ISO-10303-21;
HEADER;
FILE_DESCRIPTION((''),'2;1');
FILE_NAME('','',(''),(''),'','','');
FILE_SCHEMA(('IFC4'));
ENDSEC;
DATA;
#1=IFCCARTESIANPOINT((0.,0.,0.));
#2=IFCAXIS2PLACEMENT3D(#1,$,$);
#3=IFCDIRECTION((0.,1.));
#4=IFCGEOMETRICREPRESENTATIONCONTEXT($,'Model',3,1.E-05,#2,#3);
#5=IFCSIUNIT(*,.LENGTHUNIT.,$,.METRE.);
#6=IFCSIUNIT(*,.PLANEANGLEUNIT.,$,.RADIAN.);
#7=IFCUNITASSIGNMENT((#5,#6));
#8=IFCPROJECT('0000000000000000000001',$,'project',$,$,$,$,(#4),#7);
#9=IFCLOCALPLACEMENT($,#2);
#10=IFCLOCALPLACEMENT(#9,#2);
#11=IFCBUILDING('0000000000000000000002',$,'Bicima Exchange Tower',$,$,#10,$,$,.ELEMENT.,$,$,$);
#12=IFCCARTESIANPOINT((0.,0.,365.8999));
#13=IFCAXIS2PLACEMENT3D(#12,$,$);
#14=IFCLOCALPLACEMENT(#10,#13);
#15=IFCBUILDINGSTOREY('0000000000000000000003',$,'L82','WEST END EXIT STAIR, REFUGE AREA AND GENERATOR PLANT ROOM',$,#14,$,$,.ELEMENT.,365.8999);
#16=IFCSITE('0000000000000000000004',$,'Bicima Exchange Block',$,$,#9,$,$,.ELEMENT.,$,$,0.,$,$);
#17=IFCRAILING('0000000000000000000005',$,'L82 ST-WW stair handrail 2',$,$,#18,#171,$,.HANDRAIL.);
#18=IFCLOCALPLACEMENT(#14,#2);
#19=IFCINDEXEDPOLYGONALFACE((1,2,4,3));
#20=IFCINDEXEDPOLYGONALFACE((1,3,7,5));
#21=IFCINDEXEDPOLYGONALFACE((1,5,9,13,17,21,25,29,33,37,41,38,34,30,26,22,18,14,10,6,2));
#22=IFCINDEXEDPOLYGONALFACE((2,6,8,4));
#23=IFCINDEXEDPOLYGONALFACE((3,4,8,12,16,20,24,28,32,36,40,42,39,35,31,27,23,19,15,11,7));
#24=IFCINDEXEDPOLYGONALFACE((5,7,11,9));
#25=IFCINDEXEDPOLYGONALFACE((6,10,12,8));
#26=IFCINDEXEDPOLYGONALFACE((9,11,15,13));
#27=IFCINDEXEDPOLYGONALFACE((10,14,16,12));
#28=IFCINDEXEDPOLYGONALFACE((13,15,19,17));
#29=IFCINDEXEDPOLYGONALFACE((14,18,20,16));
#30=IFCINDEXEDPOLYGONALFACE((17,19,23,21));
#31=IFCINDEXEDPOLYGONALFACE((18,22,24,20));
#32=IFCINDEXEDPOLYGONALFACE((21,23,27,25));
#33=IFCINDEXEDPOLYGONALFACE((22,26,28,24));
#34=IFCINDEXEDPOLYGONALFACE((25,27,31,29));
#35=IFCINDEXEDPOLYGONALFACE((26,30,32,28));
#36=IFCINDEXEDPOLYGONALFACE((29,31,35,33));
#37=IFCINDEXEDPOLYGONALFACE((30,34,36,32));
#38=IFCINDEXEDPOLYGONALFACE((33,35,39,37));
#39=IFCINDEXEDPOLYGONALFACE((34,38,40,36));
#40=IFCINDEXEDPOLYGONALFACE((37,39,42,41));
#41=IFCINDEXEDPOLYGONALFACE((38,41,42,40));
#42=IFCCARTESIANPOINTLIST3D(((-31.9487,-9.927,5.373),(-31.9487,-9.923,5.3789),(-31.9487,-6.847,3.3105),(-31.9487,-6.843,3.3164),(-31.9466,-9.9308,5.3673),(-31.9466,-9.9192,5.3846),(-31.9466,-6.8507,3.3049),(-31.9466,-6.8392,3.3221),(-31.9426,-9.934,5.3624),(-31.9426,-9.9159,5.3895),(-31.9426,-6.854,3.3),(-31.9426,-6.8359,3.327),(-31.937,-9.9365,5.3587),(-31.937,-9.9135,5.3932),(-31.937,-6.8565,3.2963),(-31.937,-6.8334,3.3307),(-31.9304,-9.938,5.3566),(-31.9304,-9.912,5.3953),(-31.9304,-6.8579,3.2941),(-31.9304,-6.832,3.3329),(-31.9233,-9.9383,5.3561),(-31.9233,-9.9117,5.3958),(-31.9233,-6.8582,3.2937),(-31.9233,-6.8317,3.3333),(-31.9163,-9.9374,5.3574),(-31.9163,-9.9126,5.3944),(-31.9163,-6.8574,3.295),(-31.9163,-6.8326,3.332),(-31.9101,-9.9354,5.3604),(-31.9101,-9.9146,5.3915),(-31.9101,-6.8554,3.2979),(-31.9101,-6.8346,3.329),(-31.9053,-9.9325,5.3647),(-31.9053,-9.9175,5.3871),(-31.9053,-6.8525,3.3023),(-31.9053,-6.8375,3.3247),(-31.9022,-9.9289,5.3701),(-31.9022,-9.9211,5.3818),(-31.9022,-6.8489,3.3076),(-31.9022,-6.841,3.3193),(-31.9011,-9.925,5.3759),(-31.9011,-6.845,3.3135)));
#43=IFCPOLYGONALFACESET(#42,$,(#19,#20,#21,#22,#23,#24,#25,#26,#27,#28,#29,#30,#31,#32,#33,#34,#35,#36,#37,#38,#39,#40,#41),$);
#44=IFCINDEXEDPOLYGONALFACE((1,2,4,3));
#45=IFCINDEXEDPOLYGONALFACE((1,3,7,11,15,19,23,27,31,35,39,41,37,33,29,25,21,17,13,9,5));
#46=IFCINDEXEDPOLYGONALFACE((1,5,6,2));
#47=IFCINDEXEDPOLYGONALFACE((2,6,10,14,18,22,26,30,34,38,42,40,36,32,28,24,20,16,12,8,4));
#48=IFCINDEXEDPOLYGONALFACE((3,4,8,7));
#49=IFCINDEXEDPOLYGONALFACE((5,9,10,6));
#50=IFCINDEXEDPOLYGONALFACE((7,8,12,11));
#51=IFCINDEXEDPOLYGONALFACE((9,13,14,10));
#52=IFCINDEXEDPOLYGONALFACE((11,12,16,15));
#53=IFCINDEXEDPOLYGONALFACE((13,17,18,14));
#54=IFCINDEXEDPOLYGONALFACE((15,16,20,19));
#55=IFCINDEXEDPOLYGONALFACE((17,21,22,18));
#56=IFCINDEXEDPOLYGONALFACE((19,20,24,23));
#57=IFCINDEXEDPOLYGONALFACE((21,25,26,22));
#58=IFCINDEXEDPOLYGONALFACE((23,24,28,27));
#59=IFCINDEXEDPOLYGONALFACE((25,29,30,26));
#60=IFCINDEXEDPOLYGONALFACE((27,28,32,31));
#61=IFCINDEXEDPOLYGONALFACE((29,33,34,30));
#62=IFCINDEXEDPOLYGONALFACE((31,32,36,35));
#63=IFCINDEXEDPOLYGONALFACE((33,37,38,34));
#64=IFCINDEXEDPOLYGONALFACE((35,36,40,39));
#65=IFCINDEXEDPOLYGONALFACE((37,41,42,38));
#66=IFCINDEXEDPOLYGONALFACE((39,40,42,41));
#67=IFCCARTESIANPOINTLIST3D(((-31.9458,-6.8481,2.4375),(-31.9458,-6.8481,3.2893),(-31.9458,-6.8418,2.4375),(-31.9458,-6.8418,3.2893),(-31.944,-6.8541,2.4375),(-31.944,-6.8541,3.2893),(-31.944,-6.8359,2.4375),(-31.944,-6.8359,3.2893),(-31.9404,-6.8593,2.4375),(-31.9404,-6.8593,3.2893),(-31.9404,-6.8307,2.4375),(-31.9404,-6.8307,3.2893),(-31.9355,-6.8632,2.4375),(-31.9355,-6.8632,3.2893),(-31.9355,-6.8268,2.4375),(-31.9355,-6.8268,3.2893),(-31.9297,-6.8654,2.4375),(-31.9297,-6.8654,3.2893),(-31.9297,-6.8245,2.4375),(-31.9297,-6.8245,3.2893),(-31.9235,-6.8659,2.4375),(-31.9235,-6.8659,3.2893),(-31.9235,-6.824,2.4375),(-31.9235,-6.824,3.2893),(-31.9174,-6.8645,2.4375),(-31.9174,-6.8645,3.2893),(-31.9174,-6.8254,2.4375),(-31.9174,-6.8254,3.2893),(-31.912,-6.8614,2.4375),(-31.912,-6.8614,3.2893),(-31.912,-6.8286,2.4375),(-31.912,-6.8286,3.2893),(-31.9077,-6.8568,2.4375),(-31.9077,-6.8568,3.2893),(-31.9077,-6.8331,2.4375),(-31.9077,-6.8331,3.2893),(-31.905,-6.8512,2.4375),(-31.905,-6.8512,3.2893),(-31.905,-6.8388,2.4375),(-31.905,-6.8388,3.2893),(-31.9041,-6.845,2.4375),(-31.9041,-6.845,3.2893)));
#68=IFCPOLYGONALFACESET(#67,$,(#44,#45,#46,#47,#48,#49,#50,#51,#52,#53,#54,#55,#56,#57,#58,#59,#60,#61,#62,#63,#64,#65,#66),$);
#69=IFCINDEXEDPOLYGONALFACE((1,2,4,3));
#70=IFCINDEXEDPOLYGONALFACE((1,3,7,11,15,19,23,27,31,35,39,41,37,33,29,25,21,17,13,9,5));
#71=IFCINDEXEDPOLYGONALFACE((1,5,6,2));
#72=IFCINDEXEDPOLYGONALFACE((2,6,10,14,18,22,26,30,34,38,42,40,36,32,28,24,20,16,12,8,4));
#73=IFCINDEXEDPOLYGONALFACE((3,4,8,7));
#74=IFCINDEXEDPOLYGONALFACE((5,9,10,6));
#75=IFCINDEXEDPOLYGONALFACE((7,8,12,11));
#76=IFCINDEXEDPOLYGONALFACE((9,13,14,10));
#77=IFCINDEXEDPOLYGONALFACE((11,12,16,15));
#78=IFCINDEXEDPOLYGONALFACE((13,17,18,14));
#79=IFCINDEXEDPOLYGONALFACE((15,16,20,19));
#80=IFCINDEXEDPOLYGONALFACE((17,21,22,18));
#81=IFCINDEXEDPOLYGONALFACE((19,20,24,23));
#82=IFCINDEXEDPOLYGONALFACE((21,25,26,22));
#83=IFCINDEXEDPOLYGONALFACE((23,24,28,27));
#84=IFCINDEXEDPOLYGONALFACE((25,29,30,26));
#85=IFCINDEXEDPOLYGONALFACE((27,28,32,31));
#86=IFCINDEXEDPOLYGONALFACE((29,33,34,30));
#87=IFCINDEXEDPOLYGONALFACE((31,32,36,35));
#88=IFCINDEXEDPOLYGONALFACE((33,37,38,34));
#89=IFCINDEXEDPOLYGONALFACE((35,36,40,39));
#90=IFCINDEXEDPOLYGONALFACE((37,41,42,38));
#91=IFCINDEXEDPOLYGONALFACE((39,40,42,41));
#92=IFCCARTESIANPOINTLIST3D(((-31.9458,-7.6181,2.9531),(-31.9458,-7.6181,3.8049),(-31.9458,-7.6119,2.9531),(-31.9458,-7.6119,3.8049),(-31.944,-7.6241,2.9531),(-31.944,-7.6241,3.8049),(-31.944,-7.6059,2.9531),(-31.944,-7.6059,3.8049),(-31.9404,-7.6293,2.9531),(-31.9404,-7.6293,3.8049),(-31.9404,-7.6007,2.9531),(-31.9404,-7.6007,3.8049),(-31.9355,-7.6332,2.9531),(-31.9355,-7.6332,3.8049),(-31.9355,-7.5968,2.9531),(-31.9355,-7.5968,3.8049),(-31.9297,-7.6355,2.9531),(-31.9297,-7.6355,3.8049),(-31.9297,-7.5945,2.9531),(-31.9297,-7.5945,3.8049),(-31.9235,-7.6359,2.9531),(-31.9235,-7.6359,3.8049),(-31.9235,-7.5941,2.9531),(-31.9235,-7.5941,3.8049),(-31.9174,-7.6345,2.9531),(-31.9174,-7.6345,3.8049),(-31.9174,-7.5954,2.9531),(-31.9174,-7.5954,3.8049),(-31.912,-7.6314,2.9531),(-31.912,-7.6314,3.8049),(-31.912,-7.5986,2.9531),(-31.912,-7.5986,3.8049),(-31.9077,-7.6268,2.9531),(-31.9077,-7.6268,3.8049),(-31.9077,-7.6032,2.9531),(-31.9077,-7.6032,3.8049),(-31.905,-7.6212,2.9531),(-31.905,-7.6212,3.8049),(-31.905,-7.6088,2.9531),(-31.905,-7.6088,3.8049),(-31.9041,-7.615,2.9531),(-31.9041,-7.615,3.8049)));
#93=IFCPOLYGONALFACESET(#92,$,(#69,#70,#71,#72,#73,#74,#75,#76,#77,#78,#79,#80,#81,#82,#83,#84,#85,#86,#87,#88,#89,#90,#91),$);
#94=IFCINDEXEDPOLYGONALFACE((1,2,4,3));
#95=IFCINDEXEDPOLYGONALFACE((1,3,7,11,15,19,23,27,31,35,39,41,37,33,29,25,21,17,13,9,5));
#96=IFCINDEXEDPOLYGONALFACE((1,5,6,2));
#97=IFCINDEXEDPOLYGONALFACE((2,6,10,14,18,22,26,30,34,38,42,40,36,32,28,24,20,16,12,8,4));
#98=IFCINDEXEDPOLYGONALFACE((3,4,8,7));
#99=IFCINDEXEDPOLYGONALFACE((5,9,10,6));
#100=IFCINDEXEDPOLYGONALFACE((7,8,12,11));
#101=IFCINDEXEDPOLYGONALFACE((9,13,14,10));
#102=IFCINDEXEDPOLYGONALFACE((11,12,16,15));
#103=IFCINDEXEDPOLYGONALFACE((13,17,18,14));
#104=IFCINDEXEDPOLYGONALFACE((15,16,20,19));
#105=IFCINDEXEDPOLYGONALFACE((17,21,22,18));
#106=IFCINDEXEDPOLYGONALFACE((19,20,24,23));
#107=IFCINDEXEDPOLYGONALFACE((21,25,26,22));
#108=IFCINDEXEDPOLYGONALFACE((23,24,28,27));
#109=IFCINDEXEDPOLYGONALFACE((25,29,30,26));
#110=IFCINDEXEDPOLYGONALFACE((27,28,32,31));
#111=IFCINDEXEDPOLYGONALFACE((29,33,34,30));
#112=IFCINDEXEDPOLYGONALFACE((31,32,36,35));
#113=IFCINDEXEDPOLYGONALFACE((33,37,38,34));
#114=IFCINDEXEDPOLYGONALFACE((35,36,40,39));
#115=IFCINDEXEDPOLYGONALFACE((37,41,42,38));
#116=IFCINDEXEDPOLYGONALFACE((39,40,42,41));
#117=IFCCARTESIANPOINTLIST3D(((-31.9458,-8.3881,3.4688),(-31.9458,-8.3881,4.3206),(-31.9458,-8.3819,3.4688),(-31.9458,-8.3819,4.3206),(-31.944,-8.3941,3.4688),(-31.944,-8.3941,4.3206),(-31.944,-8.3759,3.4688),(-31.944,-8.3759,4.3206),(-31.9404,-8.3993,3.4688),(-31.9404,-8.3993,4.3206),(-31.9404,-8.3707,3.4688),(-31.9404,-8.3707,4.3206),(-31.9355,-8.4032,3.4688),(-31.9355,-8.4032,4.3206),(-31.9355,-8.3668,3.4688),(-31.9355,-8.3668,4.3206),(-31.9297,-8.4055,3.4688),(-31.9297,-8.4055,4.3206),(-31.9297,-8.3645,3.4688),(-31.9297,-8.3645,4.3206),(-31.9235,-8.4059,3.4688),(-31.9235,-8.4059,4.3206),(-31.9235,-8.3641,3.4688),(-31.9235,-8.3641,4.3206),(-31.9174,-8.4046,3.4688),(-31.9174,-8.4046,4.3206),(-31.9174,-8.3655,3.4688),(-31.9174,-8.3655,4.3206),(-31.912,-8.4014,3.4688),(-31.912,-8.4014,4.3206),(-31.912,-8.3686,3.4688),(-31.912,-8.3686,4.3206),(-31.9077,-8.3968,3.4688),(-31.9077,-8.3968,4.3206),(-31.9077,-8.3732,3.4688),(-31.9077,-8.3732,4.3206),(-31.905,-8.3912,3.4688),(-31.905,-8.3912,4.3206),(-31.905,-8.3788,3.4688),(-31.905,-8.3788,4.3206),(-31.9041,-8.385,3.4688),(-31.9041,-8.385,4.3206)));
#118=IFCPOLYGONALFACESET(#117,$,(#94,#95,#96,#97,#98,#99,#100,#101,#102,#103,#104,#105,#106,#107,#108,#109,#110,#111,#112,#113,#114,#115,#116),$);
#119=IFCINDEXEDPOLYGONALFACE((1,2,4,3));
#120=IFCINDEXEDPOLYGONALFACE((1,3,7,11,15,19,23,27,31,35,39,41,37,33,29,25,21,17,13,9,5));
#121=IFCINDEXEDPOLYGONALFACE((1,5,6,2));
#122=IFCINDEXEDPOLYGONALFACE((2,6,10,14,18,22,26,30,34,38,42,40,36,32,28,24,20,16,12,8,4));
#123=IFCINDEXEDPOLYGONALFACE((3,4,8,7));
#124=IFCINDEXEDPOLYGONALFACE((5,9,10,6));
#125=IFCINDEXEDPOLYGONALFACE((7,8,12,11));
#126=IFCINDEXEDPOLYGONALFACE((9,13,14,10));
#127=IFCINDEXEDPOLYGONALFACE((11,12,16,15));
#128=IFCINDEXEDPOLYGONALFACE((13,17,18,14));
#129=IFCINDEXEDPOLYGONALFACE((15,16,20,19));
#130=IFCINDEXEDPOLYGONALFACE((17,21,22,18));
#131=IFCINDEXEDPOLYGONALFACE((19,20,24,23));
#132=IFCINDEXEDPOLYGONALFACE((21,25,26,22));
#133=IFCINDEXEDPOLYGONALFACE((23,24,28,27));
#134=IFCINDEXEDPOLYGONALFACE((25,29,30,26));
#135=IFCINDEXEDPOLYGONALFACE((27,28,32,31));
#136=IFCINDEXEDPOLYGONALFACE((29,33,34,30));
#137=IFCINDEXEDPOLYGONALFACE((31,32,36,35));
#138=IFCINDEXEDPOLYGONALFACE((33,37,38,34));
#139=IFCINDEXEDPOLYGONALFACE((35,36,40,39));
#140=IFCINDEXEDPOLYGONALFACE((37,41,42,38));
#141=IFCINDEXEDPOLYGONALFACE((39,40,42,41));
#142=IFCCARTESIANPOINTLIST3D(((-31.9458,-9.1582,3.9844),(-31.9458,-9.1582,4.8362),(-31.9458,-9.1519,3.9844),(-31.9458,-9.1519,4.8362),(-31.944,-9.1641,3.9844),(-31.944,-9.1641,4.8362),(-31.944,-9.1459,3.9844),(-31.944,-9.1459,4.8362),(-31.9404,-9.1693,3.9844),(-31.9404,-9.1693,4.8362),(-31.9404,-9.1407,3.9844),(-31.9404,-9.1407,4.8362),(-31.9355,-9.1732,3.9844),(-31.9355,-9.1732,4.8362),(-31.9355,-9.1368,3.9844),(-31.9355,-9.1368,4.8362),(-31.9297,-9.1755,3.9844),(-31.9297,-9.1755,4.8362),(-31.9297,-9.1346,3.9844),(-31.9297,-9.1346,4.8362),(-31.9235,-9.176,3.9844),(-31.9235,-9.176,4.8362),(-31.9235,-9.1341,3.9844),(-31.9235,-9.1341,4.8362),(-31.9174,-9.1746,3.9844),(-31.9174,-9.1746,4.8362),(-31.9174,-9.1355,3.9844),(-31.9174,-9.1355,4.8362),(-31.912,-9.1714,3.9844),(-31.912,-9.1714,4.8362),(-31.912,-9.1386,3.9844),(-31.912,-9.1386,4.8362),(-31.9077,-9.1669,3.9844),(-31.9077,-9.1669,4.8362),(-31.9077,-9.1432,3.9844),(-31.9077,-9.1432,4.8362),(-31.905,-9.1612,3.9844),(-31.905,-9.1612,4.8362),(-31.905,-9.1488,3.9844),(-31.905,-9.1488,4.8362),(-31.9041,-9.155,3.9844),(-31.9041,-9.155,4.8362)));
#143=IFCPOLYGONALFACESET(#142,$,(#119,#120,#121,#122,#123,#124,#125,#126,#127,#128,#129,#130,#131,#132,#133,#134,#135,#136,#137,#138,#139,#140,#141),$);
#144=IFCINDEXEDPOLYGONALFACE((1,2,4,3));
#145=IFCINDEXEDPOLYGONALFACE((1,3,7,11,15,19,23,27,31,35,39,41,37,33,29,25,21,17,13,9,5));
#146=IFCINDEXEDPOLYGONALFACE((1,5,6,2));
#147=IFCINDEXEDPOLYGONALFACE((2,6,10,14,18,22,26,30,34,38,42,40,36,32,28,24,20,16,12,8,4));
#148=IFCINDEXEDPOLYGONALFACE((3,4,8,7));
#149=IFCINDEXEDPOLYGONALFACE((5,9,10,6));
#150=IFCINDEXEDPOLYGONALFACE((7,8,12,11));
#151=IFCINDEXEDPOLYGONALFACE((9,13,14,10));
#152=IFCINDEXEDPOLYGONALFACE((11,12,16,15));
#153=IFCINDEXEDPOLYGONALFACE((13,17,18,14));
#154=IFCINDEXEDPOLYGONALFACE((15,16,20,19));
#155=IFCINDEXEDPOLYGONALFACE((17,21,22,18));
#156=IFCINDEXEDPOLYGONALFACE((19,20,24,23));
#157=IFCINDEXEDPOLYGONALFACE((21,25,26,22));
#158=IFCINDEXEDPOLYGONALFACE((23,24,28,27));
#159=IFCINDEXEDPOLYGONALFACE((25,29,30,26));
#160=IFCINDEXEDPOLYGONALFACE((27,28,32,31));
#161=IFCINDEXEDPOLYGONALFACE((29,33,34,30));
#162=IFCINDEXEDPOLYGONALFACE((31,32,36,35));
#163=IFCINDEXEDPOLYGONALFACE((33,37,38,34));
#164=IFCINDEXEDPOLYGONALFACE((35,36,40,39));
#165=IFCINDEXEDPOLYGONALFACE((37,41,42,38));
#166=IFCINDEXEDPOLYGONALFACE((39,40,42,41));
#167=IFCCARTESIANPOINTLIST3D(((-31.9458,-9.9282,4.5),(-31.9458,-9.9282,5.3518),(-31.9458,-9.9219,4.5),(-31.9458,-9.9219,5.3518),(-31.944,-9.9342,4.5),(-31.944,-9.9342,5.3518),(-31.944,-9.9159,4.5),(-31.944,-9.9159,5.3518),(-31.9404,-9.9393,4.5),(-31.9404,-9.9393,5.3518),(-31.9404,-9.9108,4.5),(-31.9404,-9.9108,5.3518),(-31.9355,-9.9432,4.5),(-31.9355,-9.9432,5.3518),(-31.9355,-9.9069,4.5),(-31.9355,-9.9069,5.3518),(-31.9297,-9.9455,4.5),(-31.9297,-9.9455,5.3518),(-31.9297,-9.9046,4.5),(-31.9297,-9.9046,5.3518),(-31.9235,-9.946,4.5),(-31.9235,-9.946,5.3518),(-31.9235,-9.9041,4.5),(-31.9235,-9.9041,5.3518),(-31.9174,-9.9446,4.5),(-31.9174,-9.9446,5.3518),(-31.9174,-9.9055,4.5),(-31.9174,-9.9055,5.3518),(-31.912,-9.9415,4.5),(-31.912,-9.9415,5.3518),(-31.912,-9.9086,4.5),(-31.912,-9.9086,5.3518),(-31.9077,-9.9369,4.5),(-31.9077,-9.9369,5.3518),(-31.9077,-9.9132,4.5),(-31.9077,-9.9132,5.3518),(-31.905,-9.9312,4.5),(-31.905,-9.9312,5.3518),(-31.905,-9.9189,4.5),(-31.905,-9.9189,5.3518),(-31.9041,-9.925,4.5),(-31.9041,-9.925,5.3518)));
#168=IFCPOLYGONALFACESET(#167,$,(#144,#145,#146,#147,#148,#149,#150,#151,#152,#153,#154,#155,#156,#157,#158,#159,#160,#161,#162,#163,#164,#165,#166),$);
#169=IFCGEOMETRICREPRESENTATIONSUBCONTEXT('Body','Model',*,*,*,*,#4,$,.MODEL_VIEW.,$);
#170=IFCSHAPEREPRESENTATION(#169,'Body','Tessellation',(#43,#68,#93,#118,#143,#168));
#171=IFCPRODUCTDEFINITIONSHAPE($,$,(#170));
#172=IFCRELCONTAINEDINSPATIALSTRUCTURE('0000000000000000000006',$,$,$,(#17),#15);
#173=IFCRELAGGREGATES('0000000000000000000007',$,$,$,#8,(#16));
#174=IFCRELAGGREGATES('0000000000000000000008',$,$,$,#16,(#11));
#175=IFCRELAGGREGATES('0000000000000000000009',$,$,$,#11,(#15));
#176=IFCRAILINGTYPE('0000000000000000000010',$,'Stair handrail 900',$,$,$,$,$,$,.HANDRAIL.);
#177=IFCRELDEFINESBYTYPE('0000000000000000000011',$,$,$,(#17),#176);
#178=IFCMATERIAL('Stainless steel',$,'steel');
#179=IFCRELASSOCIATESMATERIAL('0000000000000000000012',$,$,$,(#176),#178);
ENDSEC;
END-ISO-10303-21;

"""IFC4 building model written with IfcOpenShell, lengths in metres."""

from ifc_helpers import new_model, si_unit, direction, frame, origin, origin_2d, place, context, subcontext, project, spatial, circle, extrude, material, type_object, element, save


model = new_model("IFC4")

# Units and contexts
model_context = context("Model", 3, precision=1e-05, world=origin(), true_north=direction((0.0, 1.0)))
body_context = subcontext(model_context, "Body", "Model", "MODEL_VIEW")
ifc_project = project(units=[si_unit("LENGTHUNIT", "METRE"), si_unit("PLANEANGLEUNIT", "RADIAN")], contexts=[model_context])

# Site, building, storey
site_placement = place(None, origin())
site = spatial("IfcSite", under=ifc_project, at=site_placement, Name="Bicima Exchange Block", CompositionType="ELEMENT", RefElevation=0.0)
building_placement = place(site_placement, origin())
building = spatial("IfcBuilding", under=site, at=building_placement, Name="Bicima Exchange Tower", CompositionType="ELEMENT")
storey_placement = place(building_placement, frame((0.0, 0.0, 365.8999)))
storey = spatial("IfcBuildingStorey", under=building, at=storey_placement, Name="L82", Description="WEST END EXIT STAIR, REFUGE AREA AND GENERATOR PLANT ROOM", CompositionType="ELEMENT", Elevation=365.8999)

# Railing
ifc_material_1 = material(Name="Stainless steel", Category="steel")
railing_type_1 = type_object("IfcRailingType", Name="Stair handrail 900", PredefinedType="HANDRAIL", material=ifc_material_1)
railing_1_placement = place(storey_placement, frame((-31.925, -6.845, 2.4375)))
element("IfcRailing", 1, at=railing_1_placement, inside=storey, type_object=railing_type_1, Name="L82 ST-WW stair handrail 2", PredefinedType="HANDRAIL", context=body_context, shape_type="SweptSolid", body=[
    extrude(circle(Radius=0.0239, at=origin_2d()), frame((0.0, 0.0, 0.876), z_axis=(0.0, -0.830914, 0.556401), x_axis=(1.0, 0.0, 0.0)), (0.0, 0.0, 1.0), 3.7068),
    extrude(circle(Radius=0.021, at=origin_2d()), origin(), (0.0, 0.0, 1.0), 0.8518),
    extrude(circle(Radius=0.021, at=origin_2d()), frame((0.0, -0.77, 0.5156)), (0.0, 0.0, 1.0), 0.8518),
    extrude(circle(Radius=0.021, at=origin_2d()), frame((0.0, -1.54, 1.0312)), (0.0, 0.0, 1.0), 0.8518),
    extrude(circle(Radius=0.021, at=origin_2d()), frame((0.0, -2.3101, 1.5469)), (0.0, 0.0, 1.0), 0.8518),
    extrude(circle(Radius=0.021, at=origin_2d()), frame((0.0, -3.0801, 2.0625)), (0.0, 0.0, 1.0), 0.8518),
])

save(model, "model.ifc")
